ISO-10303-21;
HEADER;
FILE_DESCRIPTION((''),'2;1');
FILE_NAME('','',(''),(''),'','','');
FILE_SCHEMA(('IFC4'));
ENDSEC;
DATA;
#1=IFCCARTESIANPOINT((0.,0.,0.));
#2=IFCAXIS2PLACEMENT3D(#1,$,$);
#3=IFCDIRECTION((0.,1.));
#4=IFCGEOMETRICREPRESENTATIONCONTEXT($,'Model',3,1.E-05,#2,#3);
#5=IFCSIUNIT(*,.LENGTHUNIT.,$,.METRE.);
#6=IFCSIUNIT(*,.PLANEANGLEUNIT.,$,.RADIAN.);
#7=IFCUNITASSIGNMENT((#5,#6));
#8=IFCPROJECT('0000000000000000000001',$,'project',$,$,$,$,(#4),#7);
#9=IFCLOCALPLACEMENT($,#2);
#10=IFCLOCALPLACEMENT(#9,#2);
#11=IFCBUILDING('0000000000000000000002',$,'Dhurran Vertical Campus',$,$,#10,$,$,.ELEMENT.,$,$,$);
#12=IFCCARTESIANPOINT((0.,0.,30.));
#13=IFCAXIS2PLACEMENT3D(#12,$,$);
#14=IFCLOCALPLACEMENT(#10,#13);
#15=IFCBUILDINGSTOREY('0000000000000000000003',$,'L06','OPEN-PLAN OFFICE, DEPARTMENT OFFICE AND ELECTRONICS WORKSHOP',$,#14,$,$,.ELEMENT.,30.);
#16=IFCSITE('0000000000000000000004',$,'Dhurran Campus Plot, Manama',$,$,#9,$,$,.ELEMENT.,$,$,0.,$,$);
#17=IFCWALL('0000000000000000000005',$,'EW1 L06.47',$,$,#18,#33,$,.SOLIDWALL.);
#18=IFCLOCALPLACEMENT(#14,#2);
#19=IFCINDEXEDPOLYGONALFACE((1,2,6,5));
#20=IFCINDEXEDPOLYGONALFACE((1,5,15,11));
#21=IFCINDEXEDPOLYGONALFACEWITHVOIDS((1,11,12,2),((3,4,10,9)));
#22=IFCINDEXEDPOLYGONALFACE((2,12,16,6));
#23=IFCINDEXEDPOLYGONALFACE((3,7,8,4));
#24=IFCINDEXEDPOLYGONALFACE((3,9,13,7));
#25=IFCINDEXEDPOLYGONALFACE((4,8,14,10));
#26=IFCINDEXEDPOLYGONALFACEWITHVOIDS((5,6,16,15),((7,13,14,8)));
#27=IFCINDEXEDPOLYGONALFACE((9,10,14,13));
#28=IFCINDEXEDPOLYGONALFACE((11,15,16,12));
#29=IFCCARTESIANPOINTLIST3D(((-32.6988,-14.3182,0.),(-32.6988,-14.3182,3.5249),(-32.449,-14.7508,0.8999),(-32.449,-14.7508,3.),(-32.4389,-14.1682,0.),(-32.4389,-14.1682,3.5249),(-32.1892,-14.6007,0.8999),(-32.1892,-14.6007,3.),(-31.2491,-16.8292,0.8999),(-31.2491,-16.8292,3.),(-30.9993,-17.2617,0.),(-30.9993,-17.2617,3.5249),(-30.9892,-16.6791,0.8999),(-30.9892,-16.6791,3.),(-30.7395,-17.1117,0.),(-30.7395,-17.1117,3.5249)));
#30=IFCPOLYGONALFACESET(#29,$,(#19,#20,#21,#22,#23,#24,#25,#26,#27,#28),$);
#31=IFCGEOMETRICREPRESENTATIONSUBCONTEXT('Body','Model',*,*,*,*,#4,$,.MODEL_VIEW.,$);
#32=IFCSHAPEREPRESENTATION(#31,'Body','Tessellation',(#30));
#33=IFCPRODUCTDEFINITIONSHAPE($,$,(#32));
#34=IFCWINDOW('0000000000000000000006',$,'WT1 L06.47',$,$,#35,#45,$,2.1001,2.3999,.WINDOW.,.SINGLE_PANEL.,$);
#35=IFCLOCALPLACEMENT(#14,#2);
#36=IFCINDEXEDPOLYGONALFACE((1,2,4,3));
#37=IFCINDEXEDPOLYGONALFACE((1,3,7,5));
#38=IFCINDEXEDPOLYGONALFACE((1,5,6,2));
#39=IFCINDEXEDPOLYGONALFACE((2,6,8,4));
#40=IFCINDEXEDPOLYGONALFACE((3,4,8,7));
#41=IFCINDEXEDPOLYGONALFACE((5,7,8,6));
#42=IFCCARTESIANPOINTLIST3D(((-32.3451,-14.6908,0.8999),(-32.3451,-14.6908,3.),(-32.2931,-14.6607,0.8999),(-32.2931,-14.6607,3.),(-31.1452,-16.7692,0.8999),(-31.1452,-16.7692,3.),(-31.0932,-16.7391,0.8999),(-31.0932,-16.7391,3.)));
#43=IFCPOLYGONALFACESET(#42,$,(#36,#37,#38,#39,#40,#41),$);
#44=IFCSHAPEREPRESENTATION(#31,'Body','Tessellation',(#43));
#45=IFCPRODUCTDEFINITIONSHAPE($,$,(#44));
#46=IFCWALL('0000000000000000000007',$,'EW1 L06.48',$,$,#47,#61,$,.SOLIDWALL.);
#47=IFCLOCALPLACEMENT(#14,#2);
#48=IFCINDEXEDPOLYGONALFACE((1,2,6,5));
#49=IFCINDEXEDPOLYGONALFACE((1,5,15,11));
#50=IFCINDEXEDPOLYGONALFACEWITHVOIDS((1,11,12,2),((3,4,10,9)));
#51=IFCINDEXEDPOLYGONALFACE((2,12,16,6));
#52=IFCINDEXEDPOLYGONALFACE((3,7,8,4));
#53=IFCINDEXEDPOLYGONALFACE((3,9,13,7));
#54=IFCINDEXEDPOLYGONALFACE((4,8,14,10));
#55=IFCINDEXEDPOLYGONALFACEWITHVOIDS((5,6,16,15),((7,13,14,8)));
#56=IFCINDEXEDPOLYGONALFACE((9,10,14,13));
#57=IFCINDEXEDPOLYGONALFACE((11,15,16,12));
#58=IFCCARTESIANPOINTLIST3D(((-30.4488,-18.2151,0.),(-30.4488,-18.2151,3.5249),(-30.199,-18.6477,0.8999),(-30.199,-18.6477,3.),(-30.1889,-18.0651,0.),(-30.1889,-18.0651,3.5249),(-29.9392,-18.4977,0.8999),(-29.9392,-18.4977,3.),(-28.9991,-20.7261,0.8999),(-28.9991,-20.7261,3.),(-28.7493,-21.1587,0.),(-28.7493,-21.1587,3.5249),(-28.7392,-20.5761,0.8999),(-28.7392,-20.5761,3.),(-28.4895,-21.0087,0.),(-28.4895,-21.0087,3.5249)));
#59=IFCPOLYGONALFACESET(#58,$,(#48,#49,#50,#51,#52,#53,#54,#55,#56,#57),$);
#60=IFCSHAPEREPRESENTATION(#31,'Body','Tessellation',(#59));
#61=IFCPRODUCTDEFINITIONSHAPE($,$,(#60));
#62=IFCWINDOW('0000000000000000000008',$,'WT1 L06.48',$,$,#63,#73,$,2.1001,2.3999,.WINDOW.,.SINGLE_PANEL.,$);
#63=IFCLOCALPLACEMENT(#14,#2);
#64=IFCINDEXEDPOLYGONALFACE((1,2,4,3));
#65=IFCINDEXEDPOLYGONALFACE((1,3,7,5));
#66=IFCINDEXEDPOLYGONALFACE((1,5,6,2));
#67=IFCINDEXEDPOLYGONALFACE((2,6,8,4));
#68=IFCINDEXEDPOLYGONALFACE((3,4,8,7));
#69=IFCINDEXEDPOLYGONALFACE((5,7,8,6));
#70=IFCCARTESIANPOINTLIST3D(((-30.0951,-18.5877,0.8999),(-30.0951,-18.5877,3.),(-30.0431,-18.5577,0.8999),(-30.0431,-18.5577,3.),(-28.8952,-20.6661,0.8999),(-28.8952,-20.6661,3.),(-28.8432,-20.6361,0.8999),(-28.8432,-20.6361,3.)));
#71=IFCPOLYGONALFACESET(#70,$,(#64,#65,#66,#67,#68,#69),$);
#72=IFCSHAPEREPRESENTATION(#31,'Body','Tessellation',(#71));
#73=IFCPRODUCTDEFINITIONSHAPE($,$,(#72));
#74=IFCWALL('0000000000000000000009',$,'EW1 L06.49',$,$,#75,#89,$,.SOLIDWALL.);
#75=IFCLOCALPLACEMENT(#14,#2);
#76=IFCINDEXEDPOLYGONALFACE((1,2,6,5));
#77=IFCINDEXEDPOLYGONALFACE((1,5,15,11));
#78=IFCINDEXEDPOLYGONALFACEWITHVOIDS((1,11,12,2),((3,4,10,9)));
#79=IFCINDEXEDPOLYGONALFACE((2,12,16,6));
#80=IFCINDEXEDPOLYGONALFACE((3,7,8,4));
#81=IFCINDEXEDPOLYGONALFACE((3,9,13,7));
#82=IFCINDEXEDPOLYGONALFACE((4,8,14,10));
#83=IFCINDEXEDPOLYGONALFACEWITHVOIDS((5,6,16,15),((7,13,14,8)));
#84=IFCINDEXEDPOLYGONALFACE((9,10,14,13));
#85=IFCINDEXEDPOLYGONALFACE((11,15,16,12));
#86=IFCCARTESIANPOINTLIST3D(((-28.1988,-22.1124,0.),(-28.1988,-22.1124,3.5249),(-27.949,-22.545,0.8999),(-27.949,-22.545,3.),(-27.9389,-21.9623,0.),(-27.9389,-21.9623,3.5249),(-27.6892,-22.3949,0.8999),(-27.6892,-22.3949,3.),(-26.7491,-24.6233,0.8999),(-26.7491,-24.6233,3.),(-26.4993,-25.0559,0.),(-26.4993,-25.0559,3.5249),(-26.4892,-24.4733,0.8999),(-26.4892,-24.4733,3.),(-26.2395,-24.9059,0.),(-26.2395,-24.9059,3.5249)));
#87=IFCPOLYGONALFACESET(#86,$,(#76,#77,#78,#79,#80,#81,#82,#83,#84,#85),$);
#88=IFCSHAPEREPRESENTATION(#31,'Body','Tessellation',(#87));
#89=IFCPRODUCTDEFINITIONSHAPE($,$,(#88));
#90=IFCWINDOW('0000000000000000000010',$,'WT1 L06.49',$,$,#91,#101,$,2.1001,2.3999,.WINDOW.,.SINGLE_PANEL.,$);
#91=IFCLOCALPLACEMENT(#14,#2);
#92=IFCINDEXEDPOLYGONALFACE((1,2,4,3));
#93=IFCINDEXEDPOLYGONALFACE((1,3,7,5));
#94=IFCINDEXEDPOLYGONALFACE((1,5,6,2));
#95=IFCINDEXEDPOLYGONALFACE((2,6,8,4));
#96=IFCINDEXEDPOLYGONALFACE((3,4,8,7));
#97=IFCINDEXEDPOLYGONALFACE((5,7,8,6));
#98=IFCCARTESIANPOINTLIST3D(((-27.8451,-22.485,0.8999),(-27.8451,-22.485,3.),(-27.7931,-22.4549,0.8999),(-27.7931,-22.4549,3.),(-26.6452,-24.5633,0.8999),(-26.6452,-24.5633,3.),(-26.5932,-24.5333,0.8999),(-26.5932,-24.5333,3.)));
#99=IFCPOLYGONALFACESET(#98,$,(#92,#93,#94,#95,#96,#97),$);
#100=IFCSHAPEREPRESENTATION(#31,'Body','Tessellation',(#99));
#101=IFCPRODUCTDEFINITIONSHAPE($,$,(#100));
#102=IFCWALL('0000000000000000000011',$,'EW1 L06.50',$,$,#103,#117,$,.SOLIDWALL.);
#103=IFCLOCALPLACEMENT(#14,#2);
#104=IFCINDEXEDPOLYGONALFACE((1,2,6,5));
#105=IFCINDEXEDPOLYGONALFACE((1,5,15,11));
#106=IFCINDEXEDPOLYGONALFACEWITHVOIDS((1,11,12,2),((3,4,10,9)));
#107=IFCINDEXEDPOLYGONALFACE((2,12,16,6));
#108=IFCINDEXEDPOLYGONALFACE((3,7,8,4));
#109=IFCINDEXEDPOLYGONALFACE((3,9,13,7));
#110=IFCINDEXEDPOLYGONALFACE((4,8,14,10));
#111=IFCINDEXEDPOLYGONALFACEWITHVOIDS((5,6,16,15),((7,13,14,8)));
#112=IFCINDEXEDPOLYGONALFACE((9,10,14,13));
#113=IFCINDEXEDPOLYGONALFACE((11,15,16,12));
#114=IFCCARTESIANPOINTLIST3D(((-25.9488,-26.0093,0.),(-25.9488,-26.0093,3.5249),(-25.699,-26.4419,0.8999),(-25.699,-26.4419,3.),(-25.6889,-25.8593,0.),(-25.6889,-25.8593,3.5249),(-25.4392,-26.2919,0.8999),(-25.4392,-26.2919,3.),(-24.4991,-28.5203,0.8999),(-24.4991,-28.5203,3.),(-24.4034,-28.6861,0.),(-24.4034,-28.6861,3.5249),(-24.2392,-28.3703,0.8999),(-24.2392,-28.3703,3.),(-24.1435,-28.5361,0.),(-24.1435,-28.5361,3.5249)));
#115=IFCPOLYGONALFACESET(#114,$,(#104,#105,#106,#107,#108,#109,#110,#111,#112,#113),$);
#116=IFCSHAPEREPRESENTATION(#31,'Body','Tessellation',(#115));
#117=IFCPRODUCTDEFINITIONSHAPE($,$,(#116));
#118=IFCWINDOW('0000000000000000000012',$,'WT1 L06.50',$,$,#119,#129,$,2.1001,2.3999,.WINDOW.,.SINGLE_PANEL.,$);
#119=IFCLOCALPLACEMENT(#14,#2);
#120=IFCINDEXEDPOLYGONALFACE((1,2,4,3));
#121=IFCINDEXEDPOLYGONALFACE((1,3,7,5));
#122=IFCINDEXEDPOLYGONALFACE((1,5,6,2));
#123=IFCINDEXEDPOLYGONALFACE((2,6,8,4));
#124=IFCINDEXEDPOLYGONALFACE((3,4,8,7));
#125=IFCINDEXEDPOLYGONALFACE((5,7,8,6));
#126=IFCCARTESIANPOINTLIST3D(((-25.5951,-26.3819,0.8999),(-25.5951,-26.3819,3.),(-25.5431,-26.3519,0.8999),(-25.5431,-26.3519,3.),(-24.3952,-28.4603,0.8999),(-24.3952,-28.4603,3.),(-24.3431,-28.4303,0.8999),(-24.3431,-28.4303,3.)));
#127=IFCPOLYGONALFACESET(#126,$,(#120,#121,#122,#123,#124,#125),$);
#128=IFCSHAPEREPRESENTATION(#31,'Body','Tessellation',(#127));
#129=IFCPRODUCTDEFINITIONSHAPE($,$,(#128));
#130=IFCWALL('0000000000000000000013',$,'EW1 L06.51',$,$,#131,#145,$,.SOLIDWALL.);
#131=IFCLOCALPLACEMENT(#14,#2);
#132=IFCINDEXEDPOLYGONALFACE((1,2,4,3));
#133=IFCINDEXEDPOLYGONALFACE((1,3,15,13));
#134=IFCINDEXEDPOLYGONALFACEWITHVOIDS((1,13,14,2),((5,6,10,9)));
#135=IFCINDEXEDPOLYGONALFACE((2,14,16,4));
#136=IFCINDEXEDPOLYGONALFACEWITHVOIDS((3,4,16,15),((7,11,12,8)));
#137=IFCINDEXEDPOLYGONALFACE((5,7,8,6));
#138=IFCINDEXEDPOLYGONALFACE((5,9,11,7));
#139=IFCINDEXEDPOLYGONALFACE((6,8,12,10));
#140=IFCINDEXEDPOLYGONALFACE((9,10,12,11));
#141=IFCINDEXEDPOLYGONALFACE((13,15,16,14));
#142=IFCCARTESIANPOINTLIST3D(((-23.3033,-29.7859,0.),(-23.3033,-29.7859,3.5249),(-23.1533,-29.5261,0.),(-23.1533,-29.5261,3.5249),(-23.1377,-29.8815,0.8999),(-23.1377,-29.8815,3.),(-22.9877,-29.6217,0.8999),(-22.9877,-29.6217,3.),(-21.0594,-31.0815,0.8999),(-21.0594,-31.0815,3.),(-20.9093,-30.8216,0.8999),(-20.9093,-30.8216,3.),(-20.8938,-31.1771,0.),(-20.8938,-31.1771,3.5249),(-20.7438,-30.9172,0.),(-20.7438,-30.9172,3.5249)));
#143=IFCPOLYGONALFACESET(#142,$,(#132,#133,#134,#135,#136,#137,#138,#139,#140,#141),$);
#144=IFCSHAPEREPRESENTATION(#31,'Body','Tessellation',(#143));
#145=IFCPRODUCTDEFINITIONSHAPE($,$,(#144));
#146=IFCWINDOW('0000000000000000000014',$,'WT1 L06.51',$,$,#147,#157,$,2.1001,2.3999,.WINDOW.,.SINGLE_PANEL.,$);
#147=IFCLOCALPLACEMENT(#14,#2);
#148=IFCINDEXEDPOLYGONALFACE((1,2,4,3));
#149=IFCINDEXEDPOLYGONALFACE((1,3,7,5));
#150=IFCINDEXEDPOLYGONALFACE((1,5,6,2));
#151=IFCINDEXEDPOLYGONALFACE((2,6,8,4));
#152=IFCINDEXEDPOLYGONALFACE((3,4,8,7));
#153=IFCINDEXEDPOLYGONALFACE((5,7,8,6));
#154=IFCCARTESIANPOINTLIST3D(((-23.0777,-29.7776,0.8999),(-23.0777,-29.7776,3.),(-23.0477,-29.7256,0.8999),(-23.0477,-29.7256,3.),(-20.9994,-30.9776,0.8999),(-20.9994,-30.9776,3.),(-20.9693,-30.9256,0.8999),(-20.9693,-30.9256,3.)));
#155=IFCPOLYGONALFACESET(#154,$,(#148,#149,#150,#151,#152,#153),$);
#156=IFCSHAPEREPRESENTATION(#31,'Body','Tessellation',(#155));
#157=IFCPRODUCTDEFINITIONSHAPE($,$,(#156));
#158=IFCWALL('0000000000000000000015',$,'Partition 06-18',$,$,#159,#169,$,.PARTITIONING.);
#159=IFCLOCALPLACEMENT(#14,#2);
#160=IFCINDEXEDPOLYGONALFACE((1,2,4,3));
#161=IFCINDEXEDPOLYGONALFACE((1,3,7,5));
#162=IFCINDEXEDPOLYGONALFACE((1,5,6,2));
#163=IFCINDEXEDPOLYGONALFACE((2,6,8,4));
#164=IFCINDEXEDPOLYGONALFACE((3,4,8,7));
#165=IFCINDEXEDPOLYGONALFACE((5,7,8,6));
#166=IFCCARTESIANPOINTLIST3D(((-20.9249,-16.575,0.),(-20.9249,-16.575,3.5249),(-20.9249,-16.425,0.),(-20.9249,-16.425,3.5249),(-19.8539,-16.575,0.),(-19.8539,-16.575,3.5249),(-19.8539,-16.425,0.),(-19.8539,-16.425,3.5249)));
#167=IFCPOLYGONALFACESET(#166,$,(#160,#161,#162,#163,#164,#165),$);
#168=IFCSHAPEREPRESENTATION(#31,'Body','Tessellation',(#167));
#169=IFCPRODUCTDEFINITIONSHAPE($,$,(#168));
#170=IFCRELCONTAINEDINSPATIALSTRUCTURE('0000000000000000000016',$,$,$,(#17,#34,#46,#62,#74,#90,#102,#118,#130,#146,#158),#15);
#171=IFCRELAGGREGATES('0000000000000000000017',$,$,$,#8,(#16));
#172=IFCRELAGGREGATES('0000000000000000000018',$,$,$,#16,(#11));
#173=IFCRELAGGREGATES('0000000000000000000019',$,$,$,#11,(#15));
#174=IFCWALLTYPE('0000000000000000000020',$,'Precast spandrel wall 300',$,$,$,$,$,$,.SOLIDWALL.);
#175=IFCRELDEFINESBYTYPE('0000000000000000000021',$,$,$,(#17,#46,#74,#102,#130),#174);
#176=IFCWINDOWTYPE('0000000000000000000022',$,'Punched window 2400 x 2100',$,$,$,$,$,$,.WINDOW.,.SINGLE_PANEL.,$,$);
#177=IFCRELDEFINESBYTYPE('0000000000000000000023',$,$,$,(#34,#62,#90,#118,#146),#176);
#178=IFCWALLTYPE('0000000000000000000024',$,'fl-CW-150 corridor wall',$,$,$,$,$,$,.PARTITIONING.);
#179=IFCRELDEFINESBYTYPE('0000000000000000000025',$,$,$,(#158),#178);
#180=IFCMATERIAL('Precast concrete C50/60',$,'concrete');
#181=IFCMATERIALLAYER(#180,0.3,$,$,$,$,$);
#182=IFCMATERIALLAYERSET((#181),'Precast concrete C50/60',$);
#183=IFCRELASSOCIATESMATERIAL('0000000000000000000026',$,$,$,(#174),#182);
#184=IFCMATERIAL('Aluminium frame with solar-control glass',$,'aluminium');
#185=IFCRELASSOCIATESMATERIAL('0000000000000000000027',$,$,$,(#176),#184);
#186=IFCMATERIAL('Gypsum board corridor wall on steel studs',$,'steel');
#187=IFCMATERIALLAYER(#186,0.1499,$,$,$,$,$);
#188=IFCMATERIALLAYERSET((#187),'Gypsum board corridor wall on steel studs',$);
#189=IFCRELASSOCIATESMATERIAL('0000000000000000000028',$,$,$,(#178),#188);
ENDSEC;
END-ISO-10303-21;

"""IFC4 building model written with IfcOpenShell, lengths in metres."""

from ifc_helpers import new_model, si_unit, direction, frame, frame_2d, origin, place, context, subcontext, project, spatial, rectangle, extrude, material, layer, layer_set, type_object, element, fill, save


model = new_model("IFC4")

# Units and contexts
model_context = context("Model", 3, precision=1e-05, world=origin(), true_north=direction((0.0, 1.0)))
body_context = subcontext(model_context, "Body", "Model", "MODEL_VIEW")
ifc_project = project(units=[si_unit("LENGTHUNIT", "METRE"), si_unit("PLANEANGLEUNIT", "RADIAN")], contexts=[model_context])

# Site, building, storey
site_placement = place(None, origin())
site = spatial("IfcSite", under=ifc_project, at=site_placement, Name="Dhurran Campus Plot, Manama", CompositionType="ELEMENT", RefElevation=0.0)
building_placement = place(site_placement, origin())
building = spatial("IfcBuilding", under=site, at=building_placement, Name="Dhurran Vertical Campus", CompositionType="ELEMENT")
storey_placement = place(building_placement, frame((0.0, 0.0, 30.0)))
storey = spatial("IfcBuildingStorey", under=building, at=storey_placement, Name="L06", Description="OPEN-PLAN OFFICE, DEPARTMENT OFFICE AND ELECTRONICS WORKSHOP", CompositionType="ELEMENT", Elevation=30.0)

# Walls, openings, windows
ifc_material_1 = material(Name="Precast concrete C50/60", Category="concrete")
ifc_layer_1 = layer(ifc_material_1, 0.3)
ifc_layer_set_1 = layer_set([ifc_layer_1], Name="Precast concrete C50/60")
wall_type_1 = type_object("IfcWallType", Name="Precast spandrel wall 300", PredefinedType="SOLIDWALL", material=ifc_layer_set_1)
ifc_material_2 = material(Name="Aluminium frame with solar-control glass", Category="aluminium")
window_type = type_object("IfcWindowType", Name="Punched window 2400 x 2100", PartitioningType="SINGLE_PANEL", PredefinedType="WINDOW", material=ifc_material_2)
wall_1_placement = place(storey_placement, frame((-32.5688, -14.2432, 0.0), z_axis=(0.0, 0.0, 1.0), x_axis=(0.499994, -0.866029, 0.0)))
wall_1 = element("IfcWall", 1, at=wall_1_placement, inside=storey, type_object=wall_type_1, Name="EW1 L06.47", PredefinedType="SOLIDWALL", context=body_context, shape_type="SweptSolid", body=[
    extrude(rectangle(XDim=3.3989, YDim=0.3, at=frame_2d((1.6995, 0.0))), origin(), (0.0, 0.0, 1.0), 3.5249),
])
opening_1_placement = place(wall_1_placement, frame((0.4995, 0.0, 0.8999)))
opening_1 = element("IfcOpeningElement", 2, at=opening_1_placement, cuts=wall_1, PredefinedType="OPENING", context=body_context, shape_type="SweptSolid", body=[
    extrude(rectangle(XDim=2.3999, YDim=2.1001, at=frame_2d((1.2, 1.05))), frame((0.0, 0.1599, 0.0), z_axis=(0.0, -1.0, 0.0), x_axis=(1.0, 0.0, 0.0)), (0.0, 0.0, 1.0), 0.3201),
])
window_1_placement = place(opening_1_placement, origin())
window_1 = element("IfcWindow", 3, at=window_1_placement, inside=storey, type_object=window_type, Name="WT1 L06.47", OverallHeight=2.1001, OverallWidth=2.3999, PartitioningType="SINGLE_PANEL", PredefinedType="WINDOW", context=body_context, shape_type="SweptSolid", body=[
    extrude(rectangle(XDim=2.3999, YDim=2.1001, at=frame_2d((1.2, 1.05))), frame((0.0, 0.03, 0.0), z_axis=(0.0, -1.0, 0.0), x_axis=(1.0, 0.0, 0.0)), (0.0, 0.0, 1.0), 0.0601),
])
fill(opening_1, window_1)
wall_2_placement = place(storey_placement, frame((-30.3188, -18.1401, 0.0), z_axis=(0.0, 0.0, 1.0), x_axis=(0.499994, -0.866029, 0.0)))
wall_2 = element("IfcWall", 4, at=wall_2_placement, inside=storey, type_object=wall_type_1, Name="EW1 L06.48", PredefinedType="SOLIDWALL", context=body_context, shape_type="SweptSolid", body=[
    extrude(rectangle(XDim=3.3989, YDim=0.3, at=frame_2d((1.6995, 0.0))), origin(), (0.0, 0.0, 1.0), 3.5249),
])
opening_2_placement = place(wall_2_placement, frame((0.4995, 0.0, 0.8999)))
opening_2 = element("IfcOpeningElement", 5, at=opening_2_placement, cuts=wall_2, PredefinedType="OPENING", context=body_context, shape_type="SweptSolid", body=[
    extrude(rectangle(XDim=2.3999, YDim=2.1001, at=frame_2d((1.2, 1.05))), frame((0.0, 0.1599, 0.0), z_axis=(0.0, -1.0, 0.0), x_axis=(1.0, 0.0, 0.0)), (0.0, 0.0, 1.0), 0.3201),
])
window_2_placement = place(opening_2_placement, origin())
window_2 = element("IfcWindow", 6, at=window_2_placement, inside=storey, type_object=window_type, Name="WT1 L06.48", OverallHeight=2.1001, OverallWidth=2.3999, PartitioningType="SINGLE_PANEL", PredefinedType="WINDOW", context=body_context, shape_type="SweptSolid", body=[
    extrude(rectangle(XDim=2.3999, YDim=2.1001, at=frame_2d((1.2, 1.05))), frame((0.0, 0.03, 0.0), z_axis=(0.0, -1.0, 0.0), x_axis=(1.0, 0.0, 0.0)), (0.0, 0.0, 1.0), 0.0601),
])
fill(opening_2, window_2)
wall_3_placement = place(storey_placement, frame((-28.0688, -22.0374, 0.0), z_axis=(0.0, 0.0, 1.0), x_axis=(0.499994, -0.866029, 0.0)))
wall_3 = element("IfcWall", 7, at=wall_3_placement, inside=storey, type_object=wall_type_1, Name="EW1 L06.49", PredefinedType="SOLIDWALL", context=body_context, shape_type="SweptSolid", body=[
    extrude(rectangle(XDim=3.3989, YDim=0.3, at=frame_2d((1.6995, 0.0))), origin(), (0.0, 0.0, 1.0), 3.5249),
])
opening_3_placement = place(wall_3_placement, frame((0.4995, 0.0, 0.8999)))
opening_3 = element("IfcOpeningElement", 8, at=opening_3_placement, cuts=wall_3, PredefinedType="OPENING", context=body_context, shape_type="SweptSolid", body=[
    extrude(rectangle(XDim=2.3999, YDim=2.1001, at=frame_2d((1.2, 1.05))), frame((0.0, 0.1599, 0.0), z_axis=(0.0, -1.0, 0.0), x_axis=(1.0, 0.0, 0.0)), (0.0, 0.0, 1.0), 0.3201),
])
window_3_placement = place(opening_3_placement, origin())
window_3 = element("IfcWindow", 9, at=window_3_placement, inside=storey, type_object=window_type, Name="WT1 L06.49", OverallHeight=2.1001, OverallWidth=2.3999, PartitioningType="SINGLE_PANEL", PredefinedType="WINDOW", context=body_context, shape_type="SweptSolid", body=[
    extrude(rectangle(XDim=2.3999, YDim=2.1001, at=frame_2d((1.2, 1.05))), frame((0.0, 0.03, 0.0), z_axis=(0.0, -1.0, 0.0), x_axis=(1.0, 0.0, 0.0)), (0.0, 0.0, 1.0), 0.0601),
])
fill(opening_3, window_3)
wall_4_placement = place(storey_placement, frame((-25.8188, -25.9343, 0.0), z_axis=(0.0, 0.0, 1.0), x_axis=(0.499996, -0.866028, 0.0)))
wall_4 = element("IfcWall", 10, at=wall_4_placement, inside=storey, type_object=wall_type_1, Name="EW1 L06.50", PredefinedType="SOLIDWALL", context=body_context, shape_type="SweptSolid", body=[
    extrude(rectangle(XDim=3.0908, YDim=0.3, at=frame_2d((1.5454, 0.0))), origin(), (0.0, 0.0, 1.0), 3.5249),
])
opening_4_placement = place(wall_4_placement, frame((0.4995, 0.0, 0.8999)))
opening_4 = element("IfcOpeningElement", 11, at=opening_4_placement, cuts=wall_4, PredefinedType="OPENING", context=body_context, shape_type="SweptSolid", body=[
    extrude(rectangle(XDim=2.3999, YDim=2.1001, at=frame_2d((1.2, 1.05))), frame((0.0, 0.1599, 0.0), z_axis=(0.0, -1.0, 0.0), x_axis=(1.0, 0.0, 0.0)), (0.0, 0.0, 1.0), 0.3201),
])
window_4_placement = place(opening_4_placement, origin())
window_4 = element("IfcWindow", 12, at=window_4_placement, inside=storey, type_object=window_type, Name="WT1 L06.50", OverallHeight=2.1001, OverallWidth=2.3999, PartitioningType="SINGLE_PANEL", PredefinedType="WINDOW", context=body_context, shape_type="SweptSolid", body=[
    extrude(rectangle(XDim=2.3999, YDim=2.1001, at=frame_2d((1.2, 1.05))), frame((0.0, 0.03, 0.0), z_axis=(0.0, -1.0, 0.0), x_axis=(1.0, 0.0, 0.0)), (0.0, 0.0, 1.0), 0.0601),
])
fill(opening_4, window_4)
wall_5_placement = place(storey_placement, frame((-23.2283, -29.656, 0.0), z_axis=(0.0, 0.0, 1.0), x_axis=(0.86602, -0.500009, 0.0)))
wall_5 = element("IfcWall", 13, at=wall_5_placement, inside=storey, type_object=wall_type_1, Name="EW1 L06.51", PredefinedType="SOLIDWALL", context=body_context, shape_type="SweptSolid", body=[
    extrude(rectangle(XDim=2.7822, YDim=0.3, at=frame_2d((1.3911, 0.0))), origin(), (0.0, 0.0, 1.0), 3.5249),
])
opening_5_placement = place(wall_5_placement, frame((0.1912, 0.0, 0.8999)))
opening_5 = element("IfcOpeningElement", 14, at=opening_5_placement, cuts=wall_5, PredefinedType="OPENING", context=body_context, shape_type="SweptSolid", body=[
    extrude(rectangle(XDim=2.3999, YDim=2.1001, at=frame_2d((1.2, 1.05))), frame((0.0, 0.1599, 0.0), z_axis=(0.0, -1.0, 0.0), x_axis=(1.0, 0.0, 0.0)), (0.0, 0.0, 1.0), 0.3201),
])
window_5_placement = place(opening_5_placement, origin())
window_5 = element("IfcWindow", 15, at=window_5_placement, inside=storey, type_object=window_type, Name="WT1 L06.51", OverallHeight=2.1001, OverallWidth=2.3999, PartitioningType="SINGLE_PANEL", PredefinedType="WINDOW", context=body_context, shape_type="SweptSolid", body=[
    extrude(rectangle(XDim=2.3999, YDim=2.1001, at=frame_2d((1.2, 1.05))), frame((0.0, 0.03, 0.0), z_axis=(0.0, -1.0, 0.0), x_axis=(1.0, 0.0, 0.0)), (0.0, 0.0, 1.0), 0.0601),
])
fill(opening_5, window_5)

# Wall
ifc_material_3 = material(Name="Gypsum board corridor wall on steel studs", Category="steel")
ifc_layer_2 = layer(ifc_material_3, 0.1499)
ifc_layer_set_2 = layer_set([ifc_layer_2], Name="Gypsum board corridor wall on steel studs")
wall_type_2 = type_object("IfcWallType", Name="fl-CW-150 corridor wall", PredefinedType="PARTITIONING", material=ifc_layer_set_2)
wall_6_placement = place(storey_placement, frame((-20.925, -16.5, 0.0), z_axis=(0.0, 0.0, 1.0), x_axis=(1.0, 0.0, 0.0)))
element("IfcWall", 16, at=wall_6_placement, inside=storey, type_object=wall_type_2, Name="Partition 06-18", PredefinedType="PARTITIONING", context=body_context, shape_type="SweptSolid", body=[
    extrude(rectangle(XDim=1.071, YDim=0.1499, at=frame_2d((0.5356, 0.0))), origin(), (0.0, 0.0, 1.0), 3.5249),
])

save(model, "model.ifc")
